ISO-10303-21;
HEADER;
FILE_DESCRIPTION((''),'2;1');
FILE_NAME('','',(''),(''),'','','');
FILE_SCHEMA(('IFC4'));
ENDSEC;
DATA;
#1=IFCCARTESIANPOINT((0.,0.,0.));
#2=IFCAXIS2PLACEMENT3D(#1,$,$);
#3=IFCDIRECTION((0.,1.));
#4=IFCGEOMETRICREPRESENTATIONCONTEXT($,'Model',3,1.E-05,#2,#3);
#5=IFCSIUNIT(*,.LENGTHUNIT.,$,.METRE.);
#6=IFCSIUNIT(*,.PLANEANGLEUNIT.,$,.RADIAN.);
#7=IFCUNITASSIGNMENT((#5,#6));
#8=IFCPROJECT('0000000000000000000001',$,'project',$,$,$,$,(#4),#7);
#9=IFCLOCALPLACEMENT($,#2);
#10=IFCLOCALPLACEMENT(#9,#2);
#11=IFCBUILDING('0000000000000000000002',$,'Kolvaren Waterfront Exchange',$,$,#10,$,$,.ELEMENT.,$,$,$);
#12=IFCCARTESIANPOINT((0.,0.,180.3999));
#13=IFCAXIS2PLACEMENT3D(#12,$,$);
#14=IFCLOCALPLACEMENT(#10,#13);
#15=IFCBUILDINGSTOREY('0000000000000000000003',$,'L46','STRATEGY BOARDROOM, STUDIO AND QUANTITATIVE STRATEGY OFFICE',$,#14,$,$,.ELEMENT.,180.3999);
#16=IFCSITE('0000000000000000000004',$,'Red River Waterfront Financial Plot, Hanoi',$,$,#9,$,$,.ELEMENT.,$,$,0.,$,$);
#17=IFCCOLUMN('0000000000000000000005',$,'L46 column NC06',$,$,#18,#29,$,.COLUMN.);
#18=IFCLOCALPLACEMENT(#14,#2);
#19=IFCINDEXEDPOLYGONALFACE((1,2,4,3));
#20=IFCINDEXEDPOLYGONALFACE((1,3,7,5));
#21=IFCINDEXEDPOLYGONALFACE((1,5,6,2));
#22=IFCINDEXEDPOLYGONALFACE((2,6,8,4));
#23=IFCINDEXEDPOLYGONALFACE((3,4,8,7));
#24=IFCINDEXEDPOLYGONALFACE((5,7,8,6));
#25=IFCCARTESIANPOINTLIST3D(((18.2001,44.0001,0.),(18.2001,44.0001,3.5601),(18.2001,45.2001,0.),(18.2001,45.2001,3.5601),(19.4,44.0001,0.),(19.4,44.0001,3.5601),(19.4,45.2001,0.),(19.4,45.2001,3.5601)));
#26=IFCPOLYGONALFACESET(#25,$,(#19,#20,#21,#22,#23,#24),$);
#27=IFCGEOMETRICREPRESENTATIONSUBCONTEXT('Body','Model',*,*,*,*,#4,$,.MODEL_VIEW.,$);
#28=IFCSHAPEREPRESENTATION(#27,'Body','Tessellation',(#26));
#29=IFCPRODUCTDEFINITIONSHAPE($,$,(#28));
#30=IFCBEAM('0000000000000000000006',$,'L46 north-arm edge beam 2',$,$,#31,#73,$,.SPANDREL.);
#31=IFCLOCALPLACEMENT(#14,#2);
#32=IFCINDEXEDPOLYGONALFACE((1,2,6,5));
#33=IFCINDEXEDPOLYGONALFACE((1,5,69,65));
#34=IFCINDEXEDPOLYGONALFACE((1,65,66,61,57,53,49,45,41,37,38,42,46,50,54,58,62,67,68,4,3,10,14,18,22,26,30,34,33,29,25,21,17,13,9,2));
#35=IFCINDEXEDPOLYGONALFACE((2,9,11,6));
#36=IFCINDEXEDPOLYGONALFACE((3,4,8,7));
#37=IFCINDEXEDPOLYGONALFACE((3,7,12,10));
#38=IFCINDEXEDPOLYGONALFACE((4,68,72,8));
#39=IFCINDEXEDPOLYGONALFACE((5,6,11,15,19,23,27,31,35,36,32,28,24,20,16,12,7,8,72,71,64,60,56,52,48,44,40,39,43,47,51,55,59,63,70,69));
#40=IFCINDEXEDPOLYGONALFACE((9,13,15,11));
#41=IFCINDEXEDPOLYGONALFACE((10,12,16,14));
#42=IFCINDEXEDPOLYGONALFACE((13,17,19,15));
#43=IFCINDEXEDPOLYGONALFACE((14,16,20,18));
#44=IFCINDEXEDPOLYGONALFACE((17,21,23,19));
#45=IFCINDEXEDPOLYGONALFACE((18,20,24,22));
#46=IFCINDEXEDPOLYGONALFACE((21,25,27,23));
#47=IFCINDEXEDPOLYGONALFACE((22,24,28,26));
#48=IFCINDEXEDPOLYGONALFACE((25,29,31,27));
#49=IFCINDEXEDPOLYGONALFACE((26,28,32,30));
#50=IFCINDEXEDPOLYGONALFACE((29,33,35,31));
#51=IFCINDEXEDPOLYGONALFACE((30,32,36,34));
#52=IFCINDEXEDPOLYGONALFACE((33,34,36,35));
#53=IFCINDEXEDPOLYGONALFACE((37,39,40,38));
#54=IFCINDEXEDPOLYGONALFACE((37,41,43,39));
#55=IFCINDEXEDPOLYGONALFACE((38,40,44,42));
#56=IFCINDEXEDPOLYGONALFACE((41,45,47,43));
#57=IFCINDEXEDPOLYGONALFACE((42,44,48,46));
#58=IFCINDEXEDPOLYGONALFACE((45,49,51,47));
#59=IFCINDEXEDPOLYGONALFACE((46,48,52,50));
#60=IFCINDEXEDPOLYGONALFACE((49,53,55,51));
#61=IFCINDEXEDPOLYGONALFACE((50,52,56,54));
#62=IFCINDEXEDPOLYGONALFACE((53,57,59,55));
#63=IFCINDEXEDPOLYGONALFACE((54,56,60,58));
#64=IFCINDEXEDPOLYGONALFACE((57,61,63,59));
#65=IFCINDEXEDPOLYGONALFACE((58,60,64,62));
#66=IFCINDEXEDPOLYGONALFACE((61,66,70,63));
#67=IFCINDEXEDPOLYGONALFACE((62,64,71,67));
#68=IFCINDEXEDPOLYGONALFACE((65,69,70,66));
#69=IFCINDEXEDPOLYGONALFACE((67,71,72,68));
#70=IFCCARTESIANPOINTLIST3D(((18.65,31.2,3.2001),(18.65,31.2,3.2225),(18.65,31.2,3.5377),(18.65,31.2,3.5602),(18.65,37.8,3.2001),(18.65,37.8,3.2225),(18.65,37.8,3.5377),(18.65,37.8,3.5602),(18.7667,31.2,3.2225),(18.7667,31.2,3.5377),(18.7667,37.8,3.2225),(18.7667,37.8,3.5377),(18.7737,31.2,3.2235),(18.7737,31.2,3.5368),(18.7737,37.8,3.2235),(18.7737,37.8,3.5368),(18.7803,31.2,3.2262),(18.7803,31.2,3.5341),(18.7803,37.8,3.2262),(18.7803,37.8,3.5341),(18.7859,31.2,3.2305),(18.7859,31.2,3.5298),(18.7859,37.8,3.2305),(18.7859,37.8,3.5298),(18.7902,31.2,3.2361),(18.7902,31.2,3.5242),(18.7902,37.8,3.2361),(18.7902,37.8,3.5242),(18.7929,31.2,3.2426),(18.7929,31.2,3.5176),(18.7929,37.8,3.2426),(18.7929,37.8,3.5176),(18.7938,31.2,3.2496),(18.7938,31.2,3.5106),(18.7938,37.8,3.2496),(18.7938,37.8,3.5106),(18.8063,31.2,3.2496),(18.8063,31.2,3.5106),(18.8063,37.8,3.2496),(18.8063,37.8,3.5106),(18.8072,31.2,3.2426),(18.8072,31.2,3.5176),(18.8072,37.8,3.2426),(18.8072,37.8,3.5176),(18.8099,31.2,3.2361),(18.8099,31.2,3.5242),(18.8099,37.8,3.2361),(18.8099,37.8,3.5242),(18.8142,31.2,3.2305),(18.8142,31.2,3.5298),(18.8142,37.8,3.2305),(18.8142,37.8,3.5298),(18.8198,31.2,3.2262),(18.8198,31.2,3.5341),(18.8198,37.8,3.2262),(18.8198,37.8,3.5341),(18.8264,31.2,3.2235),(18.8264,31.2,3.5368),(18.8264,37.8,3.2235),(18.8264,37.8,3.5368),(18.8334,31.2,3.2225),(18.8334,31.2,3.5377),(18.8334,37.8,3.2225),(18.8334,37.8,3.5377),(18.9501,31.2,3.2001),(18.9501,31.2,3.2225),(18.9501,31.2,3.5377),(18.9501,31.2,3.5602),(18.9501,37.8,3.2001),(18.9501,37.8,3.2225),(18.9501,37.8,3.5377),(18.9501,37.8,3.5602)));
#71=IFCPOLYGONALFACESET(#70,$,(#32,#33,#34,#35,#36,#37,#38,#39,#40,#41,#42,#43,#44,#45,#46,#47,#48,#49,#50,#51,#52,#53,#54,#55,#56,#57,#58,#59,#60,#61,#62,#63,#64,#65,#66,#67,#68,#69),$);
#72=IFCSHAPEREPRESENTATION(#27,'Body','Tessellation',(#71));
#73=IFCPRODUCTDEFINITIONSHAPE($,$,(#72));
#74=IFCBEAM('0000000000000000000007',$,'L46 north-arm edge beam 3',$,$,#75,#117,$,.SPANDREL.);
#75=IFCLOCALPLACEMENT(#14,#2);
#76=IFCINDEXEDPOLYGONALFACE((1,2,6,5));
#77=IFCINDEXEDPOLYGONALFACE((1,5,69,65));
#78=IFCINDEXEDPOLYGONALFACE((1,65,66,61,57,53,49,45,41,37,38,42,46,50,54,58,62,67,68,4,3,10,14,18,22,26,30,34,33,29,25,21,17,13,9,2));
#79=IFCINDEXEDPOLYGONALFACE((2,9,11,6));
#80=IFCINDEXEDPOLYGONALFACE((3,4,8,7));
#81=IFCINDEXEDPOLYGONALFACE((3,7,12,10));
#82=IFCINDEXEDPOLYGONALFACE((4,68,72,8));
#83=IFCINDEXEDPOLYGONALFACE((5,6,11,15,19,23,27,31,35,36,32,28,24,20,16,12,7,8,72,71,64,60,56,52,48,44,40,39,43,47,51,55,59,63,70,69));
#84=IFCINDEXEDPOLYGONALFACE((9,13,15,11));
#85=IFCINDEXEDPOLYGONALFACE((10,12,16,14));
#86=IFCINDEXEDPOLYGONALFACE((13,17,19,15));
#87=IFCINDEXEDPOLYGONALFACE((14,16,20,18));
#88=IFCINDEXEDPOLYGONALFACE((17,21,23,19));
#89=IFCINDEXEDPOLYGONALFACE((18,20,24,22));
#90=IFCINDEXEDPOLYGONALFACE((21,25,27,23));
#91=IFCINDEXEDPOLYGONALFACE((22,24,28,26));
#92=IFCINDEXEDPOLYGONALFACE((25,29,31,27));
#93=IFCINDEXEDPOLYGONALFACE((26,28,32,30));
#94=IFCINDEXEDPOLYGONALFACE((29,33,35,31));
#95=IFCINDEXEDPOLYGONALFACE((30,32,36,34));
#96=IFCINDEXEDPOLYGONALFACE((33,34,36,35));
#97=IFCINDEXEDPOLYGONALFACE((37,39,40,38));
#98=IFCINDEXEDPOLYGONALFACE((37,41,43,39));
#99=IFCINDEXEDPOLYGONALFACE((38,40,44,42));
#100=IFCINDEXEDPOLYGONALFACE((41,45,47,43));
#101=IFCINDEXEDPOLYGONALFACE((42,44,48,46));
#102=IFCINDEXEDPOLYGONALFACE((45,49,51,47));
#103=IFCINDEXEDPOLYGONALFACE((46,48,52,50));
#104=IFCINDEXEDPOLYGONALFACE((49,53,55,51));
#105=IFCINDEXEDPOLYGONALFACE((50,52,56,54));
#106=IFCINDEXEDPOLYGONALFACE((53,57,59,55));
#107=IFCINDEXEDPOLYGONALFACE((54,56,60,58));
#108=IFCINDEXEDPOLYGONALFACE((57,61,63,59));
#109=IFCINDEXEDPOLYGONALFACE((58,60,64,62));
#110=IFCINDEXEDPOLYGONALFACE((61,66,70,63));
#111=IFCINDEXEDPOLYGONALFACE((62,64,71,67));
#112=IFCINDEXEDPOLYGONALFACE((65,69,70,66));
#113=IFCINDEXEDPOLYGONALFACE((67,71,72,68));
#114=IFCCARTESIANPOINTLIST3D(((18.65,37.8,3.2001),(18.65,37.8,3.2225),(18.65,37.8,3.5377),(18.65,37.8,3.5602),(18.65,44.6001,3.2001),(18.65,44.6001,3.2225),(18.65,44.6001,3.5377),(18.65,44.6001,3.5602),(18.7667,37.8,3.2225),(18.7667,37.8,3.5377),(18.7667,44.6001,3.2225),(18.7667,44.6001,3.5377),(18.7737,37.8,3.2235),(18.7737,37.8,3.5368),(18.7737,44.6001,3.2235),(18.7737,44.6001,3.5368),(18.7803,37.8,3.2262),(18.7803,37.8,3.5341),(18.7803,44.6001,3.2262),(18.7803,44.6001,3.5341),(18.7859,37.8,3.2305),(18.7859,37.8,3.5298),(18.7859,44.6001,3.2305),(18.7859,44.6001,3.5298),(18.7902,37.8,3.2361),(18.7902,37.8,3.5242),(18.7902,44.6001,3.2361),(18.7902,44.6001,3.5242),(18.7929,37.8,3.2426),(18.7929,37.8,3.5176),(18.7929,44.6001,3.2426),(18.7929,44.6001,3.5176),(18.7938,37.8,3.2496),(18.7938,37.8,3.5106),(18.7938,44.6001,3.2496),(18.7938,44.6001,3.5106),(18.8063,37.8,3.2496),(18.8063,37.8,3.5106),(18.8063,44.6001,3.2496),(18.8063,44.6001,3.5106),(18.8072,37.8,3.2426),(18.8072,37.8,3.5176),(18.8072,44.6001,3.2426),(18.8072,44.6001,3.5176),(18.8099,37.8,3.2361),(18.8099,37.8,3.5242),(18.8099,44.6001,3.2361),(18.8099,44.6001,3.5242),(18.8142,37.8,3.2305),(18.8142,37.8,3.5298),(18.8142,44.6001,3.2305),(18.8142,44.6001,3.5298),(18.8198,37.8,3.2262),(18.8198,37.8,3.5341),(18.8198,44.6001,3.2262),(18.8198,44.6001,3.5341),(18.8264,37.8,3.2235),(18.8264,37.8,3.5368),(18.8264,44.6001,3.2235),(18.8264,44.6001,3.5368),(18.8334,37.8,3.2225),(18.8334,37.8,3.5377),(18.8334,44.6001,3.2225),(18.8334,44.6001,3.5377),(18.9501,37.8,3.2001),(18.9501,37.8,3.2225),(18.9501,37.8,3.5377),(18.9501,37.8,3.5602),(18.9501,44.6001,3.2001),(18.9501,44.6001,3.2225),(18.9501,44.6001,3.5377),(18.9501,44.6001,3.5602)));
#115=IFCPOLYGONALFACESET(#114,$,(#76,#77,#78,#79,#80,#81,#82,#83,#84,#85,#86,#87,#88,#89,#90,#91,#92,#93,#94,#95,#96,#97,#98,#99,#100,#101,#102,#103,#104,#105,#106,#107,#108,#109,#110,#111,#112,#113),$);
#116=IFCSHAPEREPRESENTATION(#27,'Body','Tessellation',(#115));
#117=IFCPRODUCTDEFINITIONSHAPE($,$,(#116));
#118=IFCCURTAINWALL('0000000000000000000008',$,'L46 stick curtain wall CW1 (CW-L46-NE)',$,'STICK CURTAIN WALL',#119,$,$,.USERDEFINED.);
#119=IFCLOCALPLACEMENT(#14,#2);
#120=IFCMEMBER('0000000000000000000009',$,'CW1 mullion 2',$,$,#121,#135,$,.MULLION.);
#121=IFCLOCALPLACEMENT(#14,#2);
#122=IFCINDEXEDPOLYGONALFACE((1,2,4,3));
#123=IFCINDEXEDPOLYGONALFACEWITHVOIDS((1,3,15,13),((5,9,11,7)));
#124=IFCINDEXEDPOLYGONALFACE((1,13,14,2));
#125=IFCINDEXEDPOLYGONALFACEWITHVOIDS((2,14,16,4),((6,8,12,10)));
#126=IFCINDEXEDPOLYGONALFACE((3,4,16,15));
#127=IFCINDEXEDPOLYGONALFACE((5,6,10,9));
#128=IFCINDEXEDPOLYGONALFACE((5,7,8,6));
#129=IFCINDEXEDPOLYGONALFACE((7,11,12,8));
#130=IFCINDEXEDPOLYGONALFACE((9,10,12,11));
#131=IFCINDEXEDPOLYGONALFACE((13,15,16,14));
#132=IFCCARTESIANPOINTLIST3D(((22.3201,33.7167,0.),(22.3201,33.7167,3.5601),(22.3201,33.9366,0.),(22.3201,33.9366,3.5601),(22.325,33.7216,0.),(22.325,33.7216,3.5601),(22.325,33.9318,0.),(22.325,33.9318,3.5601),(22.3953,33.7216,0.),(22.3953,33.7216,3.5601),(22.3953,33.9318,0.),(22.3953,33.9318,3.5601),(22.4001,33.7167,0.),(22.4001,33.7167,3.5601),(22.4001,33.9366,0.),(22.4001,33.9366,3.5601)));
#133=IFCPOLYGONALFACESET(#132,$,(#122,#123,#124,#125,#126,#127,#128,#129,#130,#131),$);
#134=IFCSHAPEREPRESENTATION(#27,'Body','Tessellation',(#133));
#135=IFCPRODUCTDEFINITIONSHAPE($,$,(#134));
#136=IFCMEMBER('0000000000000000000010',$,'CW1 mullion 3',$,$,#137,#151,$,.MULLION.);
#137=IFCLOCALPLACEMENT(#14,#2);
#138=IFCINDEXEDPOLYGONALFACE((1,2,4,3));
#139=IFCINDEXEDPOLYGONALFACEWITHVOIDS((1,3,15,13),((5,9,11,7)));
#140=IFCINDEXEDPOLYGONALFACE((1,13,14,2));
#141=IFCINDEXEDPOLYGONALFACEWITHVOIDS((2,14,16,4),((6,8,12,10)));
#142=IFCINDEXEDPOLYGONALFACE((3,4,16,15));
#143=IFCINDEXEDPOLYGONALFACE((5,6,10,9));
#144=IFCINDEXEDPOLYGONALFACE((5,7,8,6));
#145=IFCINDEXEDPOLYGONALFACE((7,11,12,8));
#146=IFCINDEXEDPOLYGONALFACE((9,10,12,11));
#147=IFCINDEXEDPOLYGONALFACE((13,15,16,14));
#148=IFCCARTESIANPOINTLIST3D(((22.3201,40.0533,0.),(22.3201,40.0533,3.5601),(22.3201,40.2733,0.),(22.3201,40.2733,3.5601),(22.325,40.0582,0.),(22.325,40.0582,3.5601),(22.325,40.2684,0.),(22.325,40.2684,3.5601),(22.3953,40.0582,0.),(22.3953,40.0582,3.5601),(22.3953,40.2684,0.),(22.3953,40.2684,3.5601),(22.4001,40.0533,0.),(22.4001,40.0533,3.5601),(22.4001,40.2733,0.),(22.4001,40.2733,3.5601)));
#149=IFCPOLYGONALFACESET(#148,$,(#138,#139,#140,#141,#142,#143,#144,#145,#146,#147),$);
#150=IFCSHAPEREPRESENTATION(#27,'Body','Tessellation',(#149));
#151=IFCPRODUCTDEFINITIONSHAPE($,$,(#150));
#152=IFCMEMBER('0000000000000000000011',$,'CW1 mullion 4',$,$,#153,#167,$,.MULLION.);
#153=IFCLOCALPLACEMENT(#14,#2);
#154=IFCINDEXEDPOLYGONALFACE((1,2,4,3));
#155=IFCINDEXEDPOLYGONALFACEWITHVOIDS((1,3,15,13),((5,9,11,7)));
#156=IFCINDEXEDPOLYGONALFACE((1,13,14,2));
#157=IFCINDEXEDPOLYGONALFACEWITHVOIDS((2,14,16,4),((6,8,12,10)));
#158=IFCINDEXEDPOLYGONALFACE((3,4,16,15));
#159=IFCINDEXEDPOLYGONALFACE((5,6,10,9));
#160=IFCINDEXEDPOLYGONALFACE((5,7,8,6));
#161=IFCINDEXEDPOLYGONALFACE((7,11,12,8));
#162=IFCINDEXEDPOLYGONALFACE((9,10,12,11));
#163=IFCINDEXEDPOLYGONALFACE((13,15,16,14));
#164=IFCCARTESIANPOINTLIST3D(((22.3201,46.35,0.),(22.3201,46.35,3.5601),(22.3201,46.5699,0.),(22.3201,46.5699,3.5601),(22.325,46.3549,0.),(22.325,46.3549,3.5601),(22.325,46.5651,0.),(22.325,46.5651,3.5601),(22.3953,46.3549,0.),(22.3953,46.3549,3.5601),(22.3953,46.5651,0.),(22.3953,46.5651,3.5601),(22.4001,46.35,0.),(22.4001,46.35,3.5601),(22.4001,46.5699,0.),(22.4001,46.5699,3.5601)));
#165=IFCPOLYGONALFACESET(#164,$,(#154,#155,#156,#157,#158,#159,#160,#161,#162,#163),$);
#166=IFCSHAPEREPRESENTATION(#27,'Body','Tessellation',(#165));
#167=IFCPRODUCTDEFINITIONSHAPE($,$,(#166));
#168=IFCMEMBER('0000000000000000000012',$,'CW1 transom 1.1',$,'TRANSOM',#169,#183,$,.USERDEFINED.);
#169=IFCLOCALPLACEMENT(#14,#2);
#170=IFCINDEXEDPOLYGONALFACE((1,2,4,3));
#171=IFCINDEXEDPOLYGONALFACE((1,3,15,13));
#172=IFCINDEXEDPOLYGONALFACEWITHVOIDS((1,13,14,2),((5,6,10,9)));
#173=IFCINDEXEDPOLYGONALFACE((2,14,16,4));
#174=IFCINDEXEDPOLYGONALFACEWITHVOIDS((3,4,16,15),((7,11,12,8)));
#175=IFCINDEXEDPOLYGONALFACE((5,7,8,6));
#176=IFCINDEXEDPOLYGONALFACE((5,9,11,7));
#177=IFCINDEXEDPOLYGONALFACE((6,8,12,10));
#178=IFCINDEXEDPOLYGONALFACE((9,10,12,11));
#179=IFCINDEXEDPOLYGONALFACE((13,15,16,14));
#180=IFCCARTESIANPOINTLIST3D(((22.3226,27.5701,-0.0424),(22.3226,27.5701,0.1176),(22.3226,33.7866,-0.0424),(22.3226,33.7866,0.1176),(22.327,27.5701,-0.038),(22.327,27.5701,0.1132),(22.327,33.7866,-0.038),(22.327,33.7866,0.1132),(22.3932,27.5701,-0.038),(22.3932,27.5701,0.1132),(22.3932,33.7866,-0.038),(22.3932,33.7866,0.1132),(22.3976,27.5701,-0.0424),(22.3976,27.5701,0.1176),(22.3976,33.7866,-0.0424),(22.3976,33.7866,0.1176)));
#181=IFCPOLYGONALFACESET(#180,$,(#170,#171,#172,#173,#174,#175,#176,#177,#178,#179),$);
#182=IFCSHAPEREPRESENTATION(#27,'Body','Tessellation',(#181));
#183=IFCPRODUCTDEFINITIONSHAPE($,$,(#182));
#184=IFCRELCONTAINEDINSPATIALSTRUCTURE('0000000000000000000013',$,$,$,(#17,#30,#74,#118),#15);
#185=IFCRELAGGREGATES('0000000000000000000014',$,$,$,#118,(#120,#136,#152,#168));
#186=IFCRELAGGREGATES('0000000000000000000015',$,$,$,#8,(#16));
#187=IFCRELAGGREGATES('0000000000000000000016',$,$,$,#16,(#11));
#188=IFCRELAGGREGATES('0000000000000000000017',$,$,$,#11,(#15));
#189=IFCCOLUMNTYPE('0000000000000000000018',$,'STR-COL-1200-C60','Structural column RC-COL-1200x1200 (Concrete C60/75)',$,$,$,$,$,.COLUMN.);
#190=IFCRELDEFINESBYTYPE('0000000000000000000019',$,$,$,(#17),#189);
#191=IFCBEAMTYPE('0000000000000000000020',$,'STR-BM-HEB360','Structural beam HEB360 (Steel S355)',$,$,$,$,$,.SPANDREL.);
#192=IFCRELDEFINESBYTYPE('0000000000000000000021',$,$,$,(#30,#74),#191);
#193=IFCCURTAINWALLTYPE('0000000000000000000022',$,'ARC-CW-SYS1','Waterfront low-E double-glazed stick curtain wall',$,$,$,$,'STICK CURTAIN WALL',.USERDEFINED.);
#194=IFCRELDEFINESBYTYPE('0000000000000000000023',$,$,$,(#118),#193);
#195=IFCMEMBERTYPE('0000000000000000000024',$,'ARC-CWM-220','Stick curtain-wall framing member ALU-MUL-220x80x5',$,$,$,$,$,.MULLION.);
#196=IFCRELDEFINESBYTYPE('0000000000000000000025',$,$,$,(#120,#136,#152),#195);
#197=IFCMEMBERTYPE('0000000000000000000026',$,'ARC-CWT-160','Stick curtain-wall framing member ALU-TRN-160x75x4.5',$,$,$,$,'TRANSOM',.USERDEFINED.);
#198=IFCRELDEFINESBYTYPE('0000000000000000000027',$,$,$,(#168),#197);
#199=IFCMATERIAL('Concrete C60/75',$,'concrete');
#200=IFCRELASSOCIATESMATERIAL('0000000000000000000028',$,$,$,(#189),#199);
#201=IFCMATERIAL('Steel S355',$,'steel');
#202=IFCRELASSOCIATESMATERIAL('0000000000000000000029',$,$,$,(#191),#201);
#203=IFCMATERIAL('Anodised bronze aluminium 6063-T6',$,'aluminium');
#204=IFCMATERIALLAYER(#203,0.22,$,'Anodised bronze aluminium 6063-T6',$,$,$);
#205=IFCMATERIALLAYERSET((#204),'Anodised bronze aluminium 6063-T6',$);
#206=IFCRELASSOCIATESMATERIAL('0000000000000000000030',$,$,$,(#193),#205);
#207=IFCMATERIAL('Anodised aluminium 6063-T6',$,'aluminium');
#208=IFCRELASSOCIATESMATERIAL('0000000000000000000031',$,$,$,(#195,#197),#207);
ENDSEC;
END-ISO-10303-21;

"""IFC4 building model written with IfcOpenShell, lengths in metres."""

from ifc_helpers import new_model, si_unit, direction, frame, origin, origin_with_axes, origin_2d, place, context, subcontext, project, spatial, rectangle, hollow_rectangle, i_section, extrude, source, transform, mapped, material, layer, layer_set, material_profile, profile_set, type_object, element, aggregate, save


model = new_model("IFC4")

# Units and contexts
model_context = context("Model", 3, precision=1e-05, world=origin(), true_north=direction((0.0, 1.0)))
body_context = subcontext(model_context, "Body", "Model", "MODEL_VIEW")
ifc_project = project(units=[si_unit("LENGTHUNIT", "METRE"), si_unit("PLANEANGLEUNIT", "RADIAN")], contexts=[model_context])

# Site, building, storey
site_placement = place(None, origin())
site = spatial("IfcSite", under=ifc_project, at=site_placement, Name="Red River Waterfront Financial Plot, Hanoi", CompositionType="ELEMENT", RefElevation=0.0)
building_placement = place(site_placement, origin())
building = spatial("IfcBuilding", under=site, at=building_placement, Name="Kolvaren Waterfront Exchange", CompositionType="ELEMENT")
storey_placement = place(building_placement, frame((0.0, 0.0, 180.3999)))
storey = spatial("IfcBuildingStorey", under=building, at=storey_placement, Name="L46", Description="STRATEGY BOARDROOM, STUDIO AND QUANTITATIVE STRATEGY OFFICE", CompositionType="ELEMENT", Elevation=180.3999)

# Column
ifc_material_1 = material(Name="Concrete C60/75", Category="concrete")
ifc_material_profile_1 = material_profile(ifc_material_1, rectangle(XDim=1.2, YDim=1.2, at=origin_2d()), Name="RC-COL-1200x1200")
ifc_profile_set_1 = profile_set([ifc_material_profile_1], Name="Concrete C60/75")
column_type = type_object("IfcColumnType", Name="STR-COL-1200-C60", Description="Structural column RC-COL-1200x1200 (Concrete C60/75)", PredefinedType="COLUMN", material=ifc_profile_set_1)
column_placement = place(storey_placement, frame((18.8, 44.6001, 0.0), z_axis=(0.0, 0.0, 1.0), x_axis=(1.0, 0.0, 0.0)))
element("IfcColumn", 1, at=column_placement, inside=storey, type_object=column_type, Name="L46 column NC06", PredefinedType="COLUMN", context=body_context, shape_type="SweptSolid", body=[
    extrude(rectangle(XDim=1.2, YDim=1.2, at=origin_2d()), origin(), (0.0, 0.0, 1.0), 3.5601),
])

# Beams
ifc_material_2 = material(Name="Steel S355", Category="steel")
ifc_material_profile_2 = material_profile(ifc_material_2, i_section(OverallWidth=0.3, OverallDepth=0.3601, WebThickness=0.0125, FlangeThickness=0.0225, FilletRadius=0.0271, at=origin_2d()), Name="HEB360")
ifc_profile_set_2 = profile_set([ifc_material_profile_2], Name="Steel S355")
beam_type = type_object("IfcBeamType", Name="STR-BM-HEB360", Description="Structural beam HEB360 (Steel S355)", PredefinedType="SPANDREL", material=ifc_profile_set_2)
beam_1_placement = place(storey_placement, frame((18.8, 31.2, 3.3801), z_axis=(0.0, 1.0, 0.0), x_axis=(-1.0, 0.0, 0.0)))
element("IfcBeam", 2, at=beam_1_placement, inside=storey, type_object=beam_type, Name="L46 north-arm edge beam 2", PredefinedType="SPANDREL", context=body_context, shape_type="SweptSolid", body=[
    extrude(i_section(OverallWidth=0.3, OverallDepth=0.3601, WebThickness=0.0125, FlangeThickness=0.0225, FilletRadius=0.0271, at=origin_2d()), origin(), (0.0, 0.0, 1.0), 6.6001),
])
beam_2_placement = place(storey_placement, frame((18.8, 37.8, 3.3801), z_axis=(0.0, 1.0, 0.0), x_axis=(-1.0, 0.0, 0.0)))
element("IfcBeam", 3, at=beam_2_placement, inside=storey, type_object=beam_type, Name="L46 north-arm edge beam 3", PredefinedType="SPANDREL", context=body_context, shape_type="SweptSolid", body=[
    extrude(i_section(OverallWidth=0.3, OverallDepth=0.3601, WebThickness=0.0125, FlangeThickness=0.0225, FilletRadius=0.0271, at=origin_2d()), origin(), (0.0, 0.0, 1.0), 6.8),
])

# Curtain wall, members
ifc_material_3 = material(Name="Anodised bronze aluminium 6063-T6", Category="aluminium")
ifc_layer_1 = layer(ifc_material_3, 0.22, Name="Anodised bronze aluminium 6063-T6")
ifc_layer_set_1 = layer_set([ifc_layer_1], Name="Anodised bronze aluminium 6063-T6")
curtain_wall_type = type_object("IfcCurtainWallType", Name="ARC-CW-SYS1", Description="Waterfront low-E double-glazed stick curtain wall", ElementType="STICK CURTAIN WALL", PredefinedType="USERDEFINED", material=ifc_layer_set_1)
curtain_wall_placement = place(storey_placement, origin())
curtain_wall = element("IfcCurtainWall", 4, at=curtain_wall_placement, inside=storey, type_object=curtain_wall_type, Name="L46 stick curtain wall CW1 (CW-L46-NE)", ObjectType="STICK CURTAIN WALL", PredefinedType="USERDEFINED")
ifc_material_4 = material(Name="Anodised aluminium 6063-T6", Category="aluminium")
ifc_material_profile_3 = material_profile(ifc_material_4, hollow_rectangle(XDim=0.0801, YDim=0.22, WallThickness=0.0049, at=origin_2d()), Name="ALU-MUL-220x80x5")
ifc_profile_set_3 = profile_set([ifc_material_profile_3], Name="Anodised aluminium 6063-T6")
member_type_1 = type_object("IfcMemberType", Name="ARC-CWM-220", Description="Stick curtain-wall framing member ALU-MUL-220x80x5", PredefinedType="MULLION", material=ifc_profile_set_3)
shared_shape_1 = source(origin_with_axes(), body_context, "Body", "SweptSolid", [
    extrude(hollow_rectangle(XDim=0.0801, YDim=0.22, WallThickness=0.0049, at=origin_2d()), origin(), (0.0, 0.0, 1.0), 3.5601),
])
member_1_placement = place(storey_placement, frame((22.3601, 33.8267, 0.0), z_axis=(0.0, 0.0, 1.0), x_axis=(-1.0, 0.0, 0.0)))
member_1 = element("IfcMember", 5, at=member_1_placement, type_object=member_type_1, Name="CW1 mullion 2", PredefinedType="MULLION", context=body_context, shape_type="MappedRepresentation", body=[
    mapped(shared_shape_1, transform((0.0, 0.0, 0.0), x_axis=(1.0, 0.0, 0.0), y_axis=(0.0, 1.0, 0.0), z_axis=(0.0, 0.0, 1.0), scale=1.0)),
])
member_2_placement = place(storey_placement, frame((22.3601, 40.1633, 0.0), z_axis=(0.0, 0.0, 1.0), x_axis=(-1.0, 0.0, 0.0)))
member_2 = element("IfcMember", 6, at=member_2_placement, type_object=member_type_1, Name="CW1 mullion 3", PredefinedType="MULLION", context=body_context, shape_type="MappedRepresentation", body=[
    mapped(shared_shape_1, transform((0.0, 0.0, 0.0), x_axis=(1.0, 0.0, 0.0), y_axis=(0.0, 1.0, 0.0), z_axis=(0.0, 0.0, 1.0), scale=1.0)),
])
member_3_placement = place(storey_placement, frame((22.3601, 46.46, 0.0), z_axis=(0.0, 0.0, 1.0), x_axis=(-1.0, 0.0, 0.0)))
member_3 = element("IfcMember", 7, at=member_3_placement, type_object=member_type_1, Name="CW1 mullion 4", PredefinedType="MULLION", context=body_context, shape_type="MappedRepresentation", body=[
    mapped(shared_shape_1, transform((0.0, 0.0, 0.0), x_axis=(1.0, 0.0, 0.0), y_axis=(0.0, 1.0, 0.0), z_axis=(0.0, 0.0, 1.0), scale=1.0)),
])
ifc_material_profile_4 = material_profile(ifc_material_4, hollow_rectangle(XDim=0.075, YDim=0.1599, WallThickness=0.0044, at=origin_2d()), Name="ALU-TRN-160x75x4.5")
ifc_profile_set_4 = profile_set([ifc_material_profile_4], Name="Anodised aluminium 6063-T6")
member_type_2 = type_object("IfcMemberType", Name="ARC-CWT-160", Description="Stick curtain-wall framing member ALU-TRN-160x75x4.5", ElementType="TRANSOM", PredefinedType="USERDEFINED", material=ifc_profile_set_4)
shared_shape_2 = source(origin_with_axes(), body_context, "Body", "SweptSolid", [
    extrude(hollow_rectangle(XDim=0.075, YDim=0.1599, WallThickness=0.0044, at=origin_2d()), origin(), (0.0, 0.0, 1.0), 6.2166),
])
member_4_placement = place(storey_placement, frame((22.3601, 27.5701, 0.0376), z_axis=(0.0, 1.0, 0.0), x_axis=(-1.0, 0.0, 0.0)))
member_4 = element("IfcMember", 8, at=member_4_placement, type_object=member_type_2, Name="CW1 transom 1.1", ObjectType="TRANSOM", PredefinedType="USERDEFINED", context=body_context, shape_type="MappedRepresentation", body=[
    mapped(shared_shape_2, transform((0.0, 0.0, 0.0), x_axis=(1.0, 0.0, 0.0), y_axis=(0.0, 1.0, 0.0), z_axis=(0.0, 0.0, 1.0), scale=1.0)),
])
aggregate(curtain_wall, [member_1, member_2, member_3, member_4])

save(model, "model.ifc")
